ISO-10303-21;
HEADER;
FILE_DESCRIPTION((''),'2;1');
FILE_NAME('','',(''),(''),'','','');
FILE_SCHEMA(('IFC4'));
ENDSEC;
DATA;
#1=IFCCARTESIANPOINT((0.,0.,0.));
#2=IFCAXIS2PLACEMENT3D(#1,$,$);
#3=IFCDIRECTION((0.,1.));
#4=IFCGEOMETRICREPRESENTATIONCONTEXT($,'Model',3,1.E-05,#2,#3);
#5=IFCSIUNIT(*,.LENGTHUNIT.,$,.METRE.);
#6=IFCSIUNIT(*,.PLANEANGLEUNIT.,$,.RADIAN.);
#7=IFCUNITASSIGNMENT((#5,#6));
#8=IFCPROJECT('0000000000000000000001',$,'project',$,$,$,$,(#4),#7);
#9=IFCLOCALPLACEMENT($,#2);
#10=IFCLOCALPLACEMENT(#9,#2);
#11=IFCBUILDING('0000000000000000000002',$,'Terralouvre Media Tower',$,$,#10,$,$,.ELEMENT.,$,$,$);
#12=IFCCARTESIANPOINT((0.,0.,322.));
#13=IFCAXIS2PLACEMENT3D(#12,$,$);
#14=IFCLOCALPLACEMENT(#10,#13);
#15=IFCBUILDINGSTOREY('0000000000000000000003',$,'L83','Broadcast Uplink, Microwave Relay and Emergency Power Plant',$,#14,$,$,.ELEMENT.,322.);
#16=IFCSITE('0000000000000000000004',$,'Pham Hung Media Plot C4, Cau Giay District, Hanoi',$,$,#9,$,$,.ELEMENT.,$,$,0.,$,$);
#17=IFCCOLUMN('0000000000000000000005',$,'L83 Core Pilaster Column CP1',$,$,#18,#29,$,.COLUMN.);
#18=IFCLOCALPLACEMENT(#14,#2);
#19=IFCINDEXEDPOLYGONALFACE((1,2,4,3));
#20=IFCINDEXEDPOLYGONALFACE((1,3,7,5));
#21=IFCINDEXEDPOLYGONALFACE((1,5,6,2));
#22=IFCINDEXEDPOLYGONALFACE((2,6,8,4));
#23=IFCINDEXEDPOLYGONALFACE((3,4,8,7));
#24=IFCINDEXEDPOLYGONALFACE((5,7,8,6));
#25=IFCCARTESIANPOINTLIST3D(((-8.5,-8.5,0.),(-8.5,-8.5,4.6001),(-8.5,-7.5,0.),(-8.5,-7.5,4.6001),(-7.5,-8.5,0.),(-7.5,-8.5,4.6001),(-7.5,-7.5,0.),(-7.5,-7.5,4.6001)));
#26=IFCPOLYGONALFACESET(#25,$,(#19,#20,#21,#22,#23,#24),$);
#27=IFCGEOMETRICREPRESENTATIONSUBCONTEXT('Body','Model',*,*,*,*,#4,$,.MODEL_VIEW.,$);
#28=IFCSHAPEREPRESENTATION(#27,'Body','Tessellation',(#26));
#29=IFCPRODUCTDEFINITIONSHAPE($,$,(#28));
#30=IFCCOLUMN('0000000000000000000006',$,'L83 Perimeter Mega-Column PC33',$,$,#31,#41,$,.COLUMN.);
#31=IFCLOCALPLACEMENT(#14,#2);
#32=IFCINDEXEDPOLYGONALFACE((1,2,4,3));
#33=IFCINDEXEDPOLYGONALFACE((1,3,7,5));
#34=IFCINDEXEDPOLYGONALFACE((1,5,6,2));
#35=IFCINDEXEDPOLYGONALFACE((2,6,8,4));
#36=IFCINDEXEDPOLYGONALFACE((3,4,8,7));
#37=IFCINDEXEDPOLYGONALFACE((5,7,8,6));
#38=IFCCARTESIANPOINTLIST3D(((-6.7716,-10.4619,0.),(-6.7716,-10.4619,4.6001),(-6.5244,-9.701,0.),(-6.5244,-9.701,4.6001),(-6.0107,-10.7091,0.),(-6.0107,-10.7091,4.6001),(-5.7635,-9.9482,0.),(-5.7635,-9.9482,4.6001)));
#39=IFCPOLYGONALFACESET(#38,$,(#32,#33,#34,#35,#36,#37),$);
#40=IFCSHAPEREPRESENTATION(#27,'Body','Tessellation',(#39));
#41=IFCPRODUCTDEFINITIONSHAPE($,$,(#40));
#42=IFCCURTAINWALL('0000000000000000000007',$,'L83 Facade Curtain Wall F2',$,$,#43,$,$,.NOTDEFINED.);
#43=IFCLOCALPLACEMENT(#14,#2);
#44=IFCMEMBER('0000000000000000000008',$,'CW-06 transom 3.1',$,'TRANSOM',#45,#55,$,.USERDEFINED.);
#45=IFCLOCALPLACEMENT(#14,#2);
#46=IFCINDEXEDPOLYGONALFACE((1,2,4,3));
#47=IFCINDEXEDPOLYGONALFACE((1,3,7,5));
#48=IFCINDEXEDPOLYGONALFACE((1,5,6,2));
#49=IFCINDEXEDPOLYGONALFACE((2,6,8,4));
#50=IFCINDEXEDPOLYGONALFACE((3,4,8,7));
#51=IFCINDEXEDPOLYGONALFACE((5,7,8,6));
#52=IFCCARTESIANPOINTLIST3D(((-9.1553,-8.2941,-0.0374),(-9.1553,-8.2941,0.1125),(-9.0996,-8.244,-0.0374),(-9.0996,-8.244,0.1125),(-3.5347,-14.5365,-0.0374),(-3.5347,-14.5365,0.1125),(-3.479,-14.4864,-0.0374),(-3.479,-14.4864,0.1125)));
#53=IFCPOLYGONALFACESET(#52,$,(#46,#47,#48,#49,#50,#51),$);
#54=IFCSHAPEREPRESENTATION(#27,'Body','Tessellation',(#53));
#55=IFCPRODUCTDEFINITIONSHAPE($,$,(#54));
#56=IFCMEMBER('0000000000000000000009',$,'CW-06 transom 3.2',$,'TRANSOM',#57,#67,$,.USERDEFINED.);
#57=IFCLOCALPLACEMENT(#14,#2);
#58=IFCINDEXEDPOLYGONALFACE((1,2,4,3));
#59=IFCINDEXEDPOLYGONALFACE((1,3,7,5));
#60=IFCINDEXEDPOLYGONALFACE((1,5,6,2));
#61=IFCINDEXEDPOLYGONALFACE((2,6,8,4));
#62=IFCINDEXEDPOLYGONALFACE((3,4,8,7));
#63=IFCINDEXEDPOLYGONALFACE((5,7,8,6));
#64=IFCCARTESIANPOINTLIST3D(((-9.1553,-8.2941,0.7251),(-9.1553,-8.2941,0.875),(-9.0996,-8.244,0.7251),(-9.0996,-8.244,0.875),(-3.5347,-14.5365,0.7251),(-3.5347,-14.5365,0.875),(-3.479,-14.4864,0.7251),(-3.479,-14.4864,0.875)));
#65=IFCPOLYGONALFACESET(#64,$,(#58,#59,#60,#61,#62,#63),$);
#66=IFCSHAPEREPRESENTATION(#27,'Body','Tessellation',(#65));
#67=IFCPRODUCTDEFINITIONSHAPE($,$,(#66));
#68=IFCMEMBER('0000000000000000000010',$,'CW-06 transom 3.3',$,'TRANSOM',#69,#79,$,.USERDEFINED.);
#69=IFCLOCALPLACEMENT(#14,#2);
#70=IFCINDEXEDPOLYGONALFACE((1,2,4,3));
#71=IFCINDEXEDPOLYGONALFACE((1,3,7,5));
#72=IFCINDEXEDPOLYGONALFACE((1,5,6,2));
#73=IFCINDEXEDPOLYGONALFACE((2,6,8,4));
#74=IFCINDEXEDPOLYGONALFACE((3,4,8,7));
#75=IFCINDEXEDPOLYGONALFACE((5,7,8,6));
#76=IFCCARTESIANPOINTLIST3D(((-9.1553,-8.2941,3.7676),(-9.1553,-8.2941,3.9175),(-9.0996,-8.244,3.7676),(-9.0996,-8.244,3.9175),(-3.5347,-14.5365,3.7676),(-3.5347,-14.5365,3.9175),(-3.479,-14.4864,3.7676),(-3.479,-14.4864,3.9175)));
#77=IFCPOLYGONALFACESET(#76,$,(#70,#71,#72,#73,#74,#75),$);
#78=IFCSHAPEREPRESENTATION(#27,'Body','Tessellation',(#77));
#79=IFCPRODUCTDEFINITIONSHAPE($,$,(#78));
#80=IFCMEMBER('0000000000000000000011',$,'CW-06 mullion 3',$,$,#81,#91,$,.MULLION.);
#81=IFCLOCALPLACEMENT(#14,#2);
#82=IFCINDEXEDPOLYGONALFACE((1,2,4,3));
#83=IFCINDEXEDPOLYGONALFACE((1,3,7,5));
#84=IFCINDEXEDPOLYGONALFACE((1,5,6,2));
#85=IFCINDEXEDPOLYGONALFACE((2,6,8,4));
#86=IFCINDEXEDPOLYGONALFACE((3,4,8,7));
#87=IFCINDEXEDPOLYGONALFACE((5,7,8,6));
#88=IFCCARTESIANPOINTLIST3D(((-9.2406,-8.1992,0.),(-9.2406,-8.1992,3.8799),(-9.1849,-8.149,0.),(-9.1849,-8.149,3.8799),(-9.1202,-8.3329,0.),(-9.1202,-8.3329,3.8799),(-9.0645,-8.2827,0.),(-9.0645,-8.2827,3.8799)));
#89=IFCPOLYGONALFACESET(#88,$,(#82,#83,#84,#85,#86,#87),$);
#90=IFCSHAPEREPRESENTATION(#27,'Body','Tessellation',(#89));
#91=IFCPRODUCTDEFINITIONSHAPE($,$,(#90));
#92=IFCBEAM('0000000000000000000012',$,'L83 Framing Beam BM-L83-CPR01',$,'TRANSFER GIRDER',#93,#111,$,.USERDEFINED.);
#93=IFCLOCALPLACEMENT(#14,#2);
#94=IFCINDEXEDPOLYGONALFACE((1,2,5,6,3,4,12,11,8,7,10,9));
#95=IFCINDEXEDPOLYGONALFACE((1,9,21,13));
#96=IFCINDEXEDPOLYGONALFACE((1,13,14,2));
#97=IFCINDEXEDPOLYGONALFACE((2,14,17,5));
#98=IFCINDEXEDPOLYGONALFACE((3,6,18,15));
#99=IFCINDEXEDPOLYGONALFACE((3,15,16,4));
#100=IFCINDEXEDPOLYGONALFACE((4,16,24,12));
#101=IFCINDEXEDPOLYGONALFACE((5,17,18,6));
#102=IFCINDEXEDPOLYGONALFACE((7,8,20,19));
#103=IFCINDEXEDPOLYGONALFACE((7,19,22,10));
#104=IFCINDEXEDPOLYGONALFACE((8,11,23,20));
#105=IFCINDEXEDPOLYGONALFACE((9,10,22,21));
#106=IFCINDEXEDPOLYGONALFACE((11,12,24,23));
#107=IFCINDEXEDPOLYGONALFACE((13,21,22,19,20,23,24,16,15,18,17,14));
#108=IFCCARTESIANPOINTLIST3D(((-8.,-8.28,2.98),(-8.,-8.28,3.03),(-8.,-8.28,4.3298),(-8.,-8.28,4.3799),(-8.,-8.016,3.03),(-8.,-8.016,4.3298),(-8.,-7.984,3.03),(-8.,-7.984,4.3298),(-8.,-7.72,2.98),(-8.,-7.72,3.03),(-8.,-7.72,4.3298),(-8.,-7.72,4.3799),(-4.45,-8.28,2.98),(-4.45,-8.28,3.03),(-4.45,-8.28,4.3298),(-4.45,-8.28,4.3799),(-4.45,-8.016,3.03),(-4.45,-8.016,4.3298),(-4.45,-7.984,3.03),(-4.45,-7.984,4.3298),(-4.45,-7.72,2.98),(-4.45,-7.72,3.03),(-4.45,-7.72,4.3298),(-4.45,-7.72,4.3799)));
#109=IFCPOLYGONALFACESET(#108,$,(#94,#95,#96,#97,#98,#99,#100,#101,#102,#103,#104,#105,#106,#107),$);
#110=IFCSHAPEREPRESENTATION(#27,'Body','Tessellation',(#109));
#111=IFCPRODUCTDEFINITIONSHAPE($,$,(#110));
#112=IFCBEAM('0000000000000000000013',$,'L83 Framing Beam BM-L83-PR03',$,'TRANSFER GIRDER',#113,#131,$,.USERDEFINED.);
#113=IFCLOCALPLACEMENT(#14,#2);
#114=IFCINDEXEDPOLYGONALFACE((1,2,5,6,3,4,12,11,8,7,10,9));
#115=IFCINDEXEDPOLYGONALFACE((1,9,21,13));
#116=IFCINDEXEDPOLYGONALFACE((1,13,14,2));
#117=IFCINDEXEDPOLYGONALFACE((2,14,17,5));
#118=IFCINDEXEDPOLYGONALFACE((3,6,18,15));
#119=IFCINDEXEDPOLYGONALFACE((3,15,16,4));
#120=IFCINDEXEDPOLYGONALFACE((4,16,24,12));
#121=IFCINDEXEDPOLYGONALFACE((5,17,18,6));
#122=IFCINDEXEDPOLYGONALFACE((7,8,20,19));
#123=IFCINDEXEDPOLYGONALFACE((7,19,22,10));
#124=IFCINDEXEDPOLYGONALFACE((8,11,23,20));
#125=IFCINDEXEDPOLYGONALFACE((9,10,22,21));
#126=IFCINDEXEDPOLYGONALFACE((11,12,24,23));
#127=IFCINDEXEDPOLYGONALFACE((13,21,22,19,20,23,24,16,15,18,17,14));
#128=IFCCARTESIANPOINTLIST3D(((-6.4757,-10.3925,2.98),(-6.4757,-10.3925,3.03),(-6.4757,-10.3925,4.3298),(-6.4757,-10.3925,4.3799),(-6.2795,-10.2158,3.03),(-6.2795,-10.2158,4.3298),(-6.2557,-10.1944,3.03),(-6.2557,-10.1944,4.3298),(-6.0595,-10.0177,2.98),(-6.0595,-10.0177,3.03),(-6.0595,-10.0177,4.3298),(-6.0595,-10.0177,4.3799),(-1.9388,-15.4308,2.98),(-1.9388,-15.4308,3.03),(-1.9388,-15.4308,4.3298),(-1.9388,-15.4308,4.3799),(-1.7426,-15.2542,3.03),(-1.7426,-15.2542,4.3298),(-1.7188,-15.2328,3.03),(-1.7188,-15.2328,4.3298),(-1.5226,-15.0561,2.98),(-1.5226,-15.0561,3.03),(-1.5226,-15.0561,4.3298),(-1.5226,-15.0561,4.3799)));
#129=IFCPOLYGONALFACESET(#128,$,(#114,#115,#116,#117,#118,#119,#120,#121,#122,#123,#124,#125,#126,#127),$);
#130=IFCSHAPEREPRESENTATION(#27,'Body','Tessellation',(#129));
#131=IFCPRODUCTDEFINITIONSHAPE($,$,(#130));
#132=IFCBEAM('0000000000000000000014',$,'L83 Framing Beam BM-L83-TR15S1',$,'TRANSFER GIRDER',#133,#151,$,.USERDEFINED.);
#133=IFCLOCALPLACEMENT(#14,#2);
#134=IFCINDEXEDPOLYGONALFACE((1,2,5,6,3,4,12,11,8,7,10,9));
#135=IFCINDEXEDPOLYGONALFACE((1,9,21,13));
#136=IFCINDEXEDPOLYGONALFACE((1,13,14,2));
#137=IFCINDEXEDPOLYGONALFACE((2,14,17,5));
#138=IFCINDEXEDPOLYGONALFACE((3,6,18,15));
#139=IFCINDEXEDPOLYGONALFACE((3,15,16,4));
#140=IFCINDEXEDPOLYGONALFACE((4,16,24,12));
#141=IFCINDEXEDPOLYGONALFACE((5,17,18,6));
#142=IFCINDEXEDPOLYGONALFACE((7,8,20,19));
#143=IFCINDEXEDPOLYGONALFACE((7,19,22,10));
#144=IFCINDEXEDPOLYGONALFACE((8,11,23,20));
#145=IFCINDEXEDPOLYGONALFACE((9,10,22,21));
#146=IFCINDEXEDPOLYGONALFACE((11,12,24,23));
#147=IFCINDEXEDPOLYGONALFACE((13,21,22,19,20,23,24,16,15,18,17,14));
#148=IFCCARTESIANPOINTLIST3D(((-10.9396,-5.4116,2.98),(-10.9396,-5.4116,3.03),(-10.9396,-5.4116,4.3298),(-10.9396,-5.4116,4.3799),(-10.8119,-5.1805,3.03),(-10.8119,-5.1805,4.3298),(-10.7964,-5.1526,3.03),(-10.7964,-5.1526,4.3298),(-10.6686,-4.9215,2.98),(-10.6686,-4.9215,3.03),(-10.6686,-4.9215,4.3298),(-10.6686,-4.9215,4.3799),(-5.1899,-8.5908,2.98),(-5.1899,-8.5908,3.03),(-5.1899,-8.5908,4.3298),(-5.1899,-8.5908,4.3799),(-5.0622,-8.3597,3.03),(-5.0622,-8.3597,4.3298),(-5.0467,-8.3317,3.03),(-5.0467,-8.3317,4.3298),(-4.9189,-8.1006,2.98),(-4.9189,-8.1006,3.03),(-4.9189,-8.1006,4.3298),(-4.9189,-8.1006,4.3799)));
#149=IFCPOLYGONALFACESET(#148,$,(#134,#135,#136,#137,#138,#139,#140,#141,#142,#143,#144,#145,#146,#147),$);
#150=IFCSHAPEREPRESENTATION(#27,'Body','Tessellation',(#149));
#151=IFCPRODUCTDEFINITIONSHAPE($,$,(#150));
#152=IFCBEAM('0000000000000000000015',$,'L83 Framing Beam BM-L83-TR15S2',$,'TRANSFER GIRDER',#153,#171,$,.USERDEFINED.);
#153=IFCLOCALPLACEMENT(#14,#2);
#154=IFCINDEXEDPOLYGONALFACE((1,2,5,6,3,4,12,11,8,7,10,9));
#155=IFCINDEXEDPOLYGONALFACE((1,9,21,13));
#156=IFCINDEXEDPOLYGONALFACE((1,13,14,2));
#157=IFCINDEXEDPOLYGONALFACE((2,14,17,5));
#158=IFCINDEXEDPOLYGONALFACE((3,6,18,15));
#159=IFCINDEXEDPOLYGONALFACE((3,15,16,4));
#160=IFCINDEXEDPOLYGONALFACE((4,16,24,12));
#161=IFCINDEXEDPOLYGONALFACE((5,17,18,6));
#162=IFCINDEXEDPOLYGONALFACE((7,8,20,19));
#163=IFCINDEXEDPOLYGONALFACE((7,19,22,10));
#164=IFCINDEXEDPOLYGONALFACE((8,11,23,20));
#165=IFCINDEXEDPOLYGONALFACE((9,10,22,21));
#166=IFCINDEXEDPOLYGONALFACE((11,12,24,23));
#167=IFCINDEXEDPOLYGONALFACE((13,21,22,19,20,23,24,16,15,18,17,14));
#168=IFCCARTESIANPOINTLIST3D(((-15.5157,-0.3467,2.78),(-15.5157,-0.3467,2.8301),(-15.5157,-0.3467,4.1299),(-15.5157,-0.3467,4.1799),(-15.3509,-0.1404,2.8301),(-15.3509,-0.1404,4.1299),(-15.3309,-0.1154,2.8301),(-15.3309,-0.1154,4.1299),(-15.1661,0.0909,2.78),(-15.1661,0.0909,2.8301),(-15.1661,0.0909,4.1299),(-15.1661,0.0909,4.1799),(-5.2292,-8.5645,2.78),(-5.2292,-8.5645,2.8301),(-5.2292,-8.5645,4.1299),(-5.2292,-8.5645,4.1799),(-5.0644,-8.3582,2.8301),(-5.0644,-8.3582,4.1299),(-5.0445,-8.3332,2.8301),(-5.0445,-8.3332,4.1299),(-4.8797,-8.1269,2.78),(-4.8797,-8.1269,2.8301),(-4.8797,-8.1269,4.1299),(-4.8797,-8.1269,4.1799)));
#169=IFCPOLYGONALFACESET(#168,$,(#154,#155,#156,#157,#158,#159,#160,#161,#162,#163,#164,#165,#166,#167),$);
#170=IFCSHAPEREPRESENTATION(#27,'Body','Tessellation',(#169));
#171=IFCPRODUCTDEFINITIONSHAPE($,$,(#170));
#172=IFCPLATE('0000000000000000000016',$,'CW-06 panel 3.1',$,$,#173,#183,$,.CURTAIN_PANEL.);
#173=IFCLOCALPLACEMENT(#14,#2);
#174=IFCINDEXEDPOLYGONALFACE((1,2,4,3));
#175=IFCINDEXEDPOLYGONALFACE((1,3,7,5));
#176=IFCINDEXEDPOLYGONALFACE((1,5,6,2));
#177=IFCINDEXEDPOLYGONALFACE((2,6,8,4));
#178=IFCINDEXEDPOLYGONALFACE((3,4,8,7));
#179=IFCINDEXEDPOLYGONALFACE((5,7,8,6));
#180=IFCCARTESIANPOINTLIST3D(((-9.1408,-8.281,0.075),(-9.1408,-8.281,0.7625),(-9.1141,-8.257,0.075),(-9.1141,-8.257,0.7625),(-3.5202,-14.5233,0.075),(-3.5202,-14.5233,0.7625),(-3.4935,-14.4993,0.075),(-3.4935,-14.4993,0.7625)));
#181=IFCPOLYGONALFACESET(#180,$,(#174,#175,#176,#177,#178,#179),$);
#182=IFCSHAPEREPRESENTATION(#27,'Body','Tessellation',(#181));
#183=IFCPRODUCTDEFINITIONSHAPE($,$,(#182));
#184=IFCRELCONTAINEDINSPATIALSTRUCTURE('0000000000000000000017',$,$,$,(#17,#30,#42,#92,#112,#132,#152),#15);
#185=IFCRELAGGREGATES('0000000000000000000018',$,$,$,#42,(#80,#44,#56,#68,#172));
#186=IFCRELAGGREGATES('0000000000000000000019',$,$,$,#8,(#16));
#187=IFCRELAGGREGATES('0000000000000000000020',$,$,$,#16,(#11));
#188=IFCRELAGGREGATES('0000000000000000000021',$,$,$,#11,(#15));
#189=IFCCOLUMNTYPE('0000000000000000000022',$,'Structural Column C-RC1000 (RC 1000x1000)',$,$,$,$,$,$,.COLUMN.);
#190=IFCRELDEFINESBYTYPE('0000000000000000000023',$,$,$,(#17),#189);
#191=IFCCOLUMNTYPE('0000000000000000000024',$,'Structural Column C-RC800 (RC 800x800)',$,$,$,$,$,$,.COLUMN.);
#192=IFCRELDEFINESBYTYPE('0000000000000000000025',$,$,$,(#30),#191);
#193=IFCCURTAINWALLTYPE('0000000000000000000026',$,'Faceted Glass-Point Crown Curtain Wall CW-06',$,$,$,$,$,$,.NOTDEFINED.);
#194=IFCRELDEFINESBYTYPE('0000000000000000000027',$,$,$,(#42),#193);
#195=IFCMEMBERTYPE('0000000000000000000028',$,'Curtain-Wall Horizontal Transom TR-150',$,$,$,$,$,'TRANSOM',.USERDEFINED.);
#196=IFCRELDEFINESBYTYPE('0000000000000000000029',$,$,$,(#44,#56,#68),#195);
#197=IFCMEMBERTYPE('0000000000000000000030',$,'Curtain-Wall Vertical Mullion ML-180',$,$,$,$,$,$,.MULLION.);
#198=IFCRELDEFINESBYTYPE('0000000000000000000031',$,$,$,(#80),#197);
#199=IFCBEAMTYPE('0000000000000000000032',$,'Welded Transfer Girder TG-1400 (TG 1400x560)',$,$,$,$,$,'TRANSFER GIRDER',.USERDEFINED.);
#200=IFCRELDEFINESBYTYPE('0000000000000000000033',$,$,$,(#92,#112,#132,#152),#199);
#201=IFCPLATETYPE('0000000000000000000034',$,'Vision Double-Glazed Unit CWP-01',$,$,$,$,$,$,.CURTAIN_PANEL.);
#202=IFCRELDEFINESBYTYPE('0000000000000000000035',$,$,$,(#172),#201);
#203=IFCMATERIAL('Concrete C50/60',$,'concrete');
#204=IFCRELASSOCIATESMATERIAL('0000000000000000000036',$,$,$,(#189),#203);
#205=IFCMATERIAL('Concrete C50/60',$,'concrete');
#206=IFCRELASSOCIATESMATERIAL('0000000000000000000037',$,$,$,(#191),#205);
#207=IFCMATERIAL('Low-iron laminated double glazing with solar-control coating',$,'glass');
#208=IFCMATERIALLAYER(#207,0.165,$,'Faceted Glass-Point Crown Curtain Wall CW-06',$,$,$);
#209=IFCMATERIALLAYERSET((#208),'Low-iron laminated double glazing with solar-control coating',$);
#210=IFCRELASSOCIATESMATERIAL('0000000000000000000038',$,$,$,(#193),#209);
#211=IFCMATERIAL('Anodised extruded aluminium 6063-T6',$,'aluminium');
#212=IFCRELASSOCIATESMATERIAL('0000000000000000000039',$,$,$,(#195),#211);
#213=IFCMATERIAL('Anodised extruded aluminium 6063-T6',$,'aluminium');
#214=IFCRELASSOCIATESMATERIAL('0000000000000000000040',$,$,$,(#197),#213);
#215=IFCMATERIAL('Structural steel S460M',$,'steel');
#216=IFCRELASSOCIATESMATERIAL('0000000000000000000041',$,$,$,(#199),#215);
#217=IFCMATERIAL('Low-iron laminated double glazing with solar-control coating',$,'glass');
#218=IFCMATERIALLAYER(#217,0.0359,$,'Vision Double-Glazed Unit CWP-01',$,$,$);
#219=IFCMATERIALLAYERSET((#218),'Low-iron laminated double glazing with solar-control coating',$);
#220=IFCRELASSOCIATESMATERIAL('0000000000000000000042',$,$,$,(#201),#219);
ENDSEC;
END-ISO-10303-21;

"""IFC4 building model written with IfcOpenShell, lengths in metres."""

from ifc_helpers import new_model, si_unit, direction, frame, origin, origin_2d, place, context, subcontext, project, spatial, rectangle, i_section, extrude, material, layer, layer_set, material_profile, profile_set, type_object, element, aggregate, save


model = new_model("IFC4")

# Units and contexts
model_context = context("Model", 3, precision=1e-05, world=origin(), true_north=direction((0.0, 1.0)))
body_context = subcontext(model_context, "Body", "Model", "MODEL_VIEW")
ifc_project = project(units=[si_unit("LENGTHUNIT", "METRE"), si_unit("PLANEANGLEUNIT", "RADIAN")], contexts=[model_context])

# Site, building, storey
site_placement = place(None, origin())
site = spatial("IfcSite", under=ifc_project, at=site_placement, Name="Pham Hung Media Plot C4, Cau Giay District, Hanoi", CompositionType="ELEMENT", RefElevation=0.0)
building_placement = place(site_placement, origin())
building = spatial("IfcBuilding", under=site, at=building_placement, Name="Terralouvre Media Tower", CompositionType="ELEMENT")
storey_placement = place(building_placement, frame((0.0, 0.0, 322.0)))
storey = spatial("IfcBuildingStorey", under=building, at=storey_placement, Name="L83", Description="Broadcast Uplink, Microwave Relay and Emergency Power Plant", CompositionType="ELEMENT", Elevation=322.0)

# Columns
ifc_material_1 = material(Name="Concrete C50/60", Category="concrete")
ifc_material_profile_1 = material_profile(ifc_material_1, rectangle(XDim=1.0, YDim=1.0, at=origin_2d()), Name="RC 1000x1000")
ifc_profile_set_1 = profile_set([ifc_material_profile_1], Name="Concrete C50/60")
column_type_1 = type_object("IfcColumnType", Name="Structural Column C-RC1000 (RC 1000x1000)", PredefinedType="COLUMN", material=ifc_profile_set_1)
column_1_placement = place(storey_placement, frame((-8.0, -8.0, 0.0), z_axis=(0.0, 0.0, 1.0), x_axis=(1.0, 0.0, 0.0)))
element("IfcColumn", 1, at=column_1_placement, inside=storey, type_object=column_type_1, Name="L83 Core Pilaster Column CP1", PredefinedType="COLUMN", context=body_context, shape_type="SweptSolid", body=[
    extrude(rectangle(XDim=1.0, YDim=1.0, at=origin_2d()), origin(), (0.0, 0.0, 1.0), 4.6001),
])
ifc_material_2 = material(Name="Concrete C50/60", Category="concrete")
ifc_material_profile_2 = material_profile(ifc_material_2, rectangle(XDim=0.8, YDim=0.8, at=origin_2d()), Name="RC 800x800")
ifc_profile_set_2 = profile_set([ifc_material_profile_2], Name="Concrete C50/60")
column_type_2 = type_object("IfcColumnType", Name="Structural Column C-RC800 (RC 800x800)", PredefinedType="COLUMN", material=ifc_profile_set_2)
column_2_placement = place(storey_placement, frame((-6.2676, -10.2051, 0.0), z_axis=(0.0, 0.0, 1.0), x_axis=(0.309017, 0.951057, 0.0)))
element("IfcColumn", 2, at=column_2_placement, inside=storey, type_object=column_type_2, Name="L83 Perimeter Mega-Column PC33", PredefinedType="COLUMN", context=body_context, shape_type="SweptSolid", body=[
    extrude(rectangle(XDim=0.8, YDim=0.8, at=origin_2d()), origin(), (0.0, 0.0, 1.0), 4.6001),
])

# Curtain wall, members
ifc_material_3 = material(Name="Low-iron laminated double glazing with solar-control coating", Category="glass")
ifc_layer_1 = layer(ifc_material_3, 0.165, Name="Faceted Glass-Point Crown Curtain Wall CW-06")
ifc_layer_set_1 = layer_set([ifc_layer_1], Name="Low-iron laminated double glazing with solar-control coating")
curtain_wall_type = type_object("IfcCurtainWallType", Name="Faceted Glass-Point Crown Curtain Wall CW-06", PredefinedType="NOTDEFINED", material=ifc_layer_set_1)
curtain_wall_placement = place(storey_placement, origin())
curtain_wall = element("IfcCurtainWall", 3, at=curtain_wall_placement, inside=storey, type_object=curtain_wall_type, Name="L83 Facade Curtain Wall F2", PredefinedType="NOTDEFINED")
ifc_material_4 = material(Name="Anodised extruded aluminium 6063-T6", Category="aluminium")
ifc_material_profile_3 = material_profile(ifc_material_4, rectangle(XDim=0.075, YDim=0.1499, at=origin_2d()), Name="ALU 75x150")
ifc_profile_set_3 = profile_set([ifc_material_profile_3], Name="Anodised extruded aluminium 6063-T6")
member_type_1 = type_object("IfcMemberType", Name="Curtain-Wall Horizontal Transom TR-150", ElementType="TRANSOM", PredefinedType="USERDEFINED", material=ifc_profile_set_3)
member_1_placement = place(storey_placement, frame((-9.1274, -8.269, 0.0376), z_axis=(0.669124, -0.743151, 0.0), x_axis=(0.743151, 0.669124, 0.0)))
member_1 = element("IfcMember", 4, at=member_1_placement, type_object=member_type_1, Name="CW-06 transom 3.1", ObjectType="TRANSOM", PredefinedType="USERDEFINED", context=body_context, shape_type="SweptSolid", body=[
    extrude(rectangle(XDim=0.075, YDim=0.1499, at=origin_2d()), origin(), (0.0, 0.0, 1.0), 8.3999),
])
member_2_placement = place(storey_placement, frame((-9.1274, -8.269, 0.8), z_axis=(0.669124, -0.743151, 0.0), x_axis=(0.743151, 0.669124, 0.0)))
member_2 = element("IfcMember", 5, at=member_2_placement, type_object=member_type_1, Name="CW-06 transom 3.2", ObjectType="TRANSOM", PredefinedType="USERDEFINED", context=body_context, shape_type="SweptSolid", body=[
    extrude(rectangle(XDim=0.075, YDim=0.1499, at=origin_2d()), origin(), (0.0, 0.0, 1.0), 8.3999),
])
member_3_placement = place(storey_placement, frame((-9.1274, -8.269, 3.8425), z_axis=(0.669124, -0.743151, 0.0), x_axis=(0.743151, 0.669124, 0.0)))
member_3 = element("IfcMember", 6, at=member_3_placement, type_object=member_type_1, Name="CW-06 transom 3.3", ObjectType="TRANSOM", PredefinedType="USERDEFINED", context=body_context, shape_type="SweptSolid", body=[
    extrude(rectangle(XDim=0.075, YDim=0.1499, at=origin_2d()), origin(), (0.0, 0.0, 1.0), 8.3999),
])
ifc_material_5 = material(Name="Anodised extruded aluminium 6063-T6", Category="aluminium")
ifc_material_profile_4 = material_profile(ifc_material_5, rectangle(XDim=0.075, YDim=0.1799, at=origin_2d()), Name="ALU 75x180")
ifc_profile_set_4 = profile_set([ifc_material_profile_4], Name="Anodised extruded aluminium 6063-T6")
member_type_2 = type_object("IfcMemberType", Name="Curtain-Wall Vertical Mullion ML-180", PredefinedType="MULLION", material=ifc_profile_set_4)
member_4_placement = place(storey_placement, frame((-9.1526, -8.241, 0.0), z_axis=(0.0, 0.0, 1.0), x_axis=(0.743145, 0.669131, 0.0)))
member_4 = element("IfcMember", 7, at=member_4_placement, type_object=member_type_2, Name="CW-06 mullion 3", PredefinedType="MULLION", context=body_context, shape_type="SweptSolid", body=[
    extrude(rectangle(XDim=0.075, YDim=0.1799, at=origin_2d()), origin(), (0.0, 0.0, 1.0), 3.8799),
])

# Beams
ifc_material_6 = material(Name="Structural steel S460M", Category="steel")
ifc_material_profile_5 = material_profile(ifc_material_6, i_section(OverallWidth=0.5601, OverallDepth=1.3999, WebThickness=0.032, FlangeThickness=0.05, at=origin_2d()), Name="TG 1400x560")
ifc_profile_set_5 = profile_set([ifc_material_profile_5], Name="Structural steel S460M")
beam_type = type_object("IfcBeamType", Name="Welded Transfer Girder TG-1400 (TG 1400x560)", ElementType="TRANSFER GIRDER", PredefinedType="USERDEFINED", material=ifc_profile_set_5)
beam_1_placement = place(storey_placement, frame((-8.0, -8.0, 3.6799), z_axis=(1.0, 0.0, 0.0), x_axis=(0.0, 1.0, 0.0)))
element("IfcBeam", 8, at=beam_1_placement, inside=storey, type_object=beam_type, Name="L83 Framing Beam BM-L83-CPR01", ObjectType="TRANSFER GIRDER", PredefinedType="USERDEFINED", context=body_context, shape_type="SweptSolid", body=[
    extrude(i_section(OverallWidth=0.5601, OverallDepth=1.3999, WebThickness=0.032, FlangeThickness=0.05, at=origin_2d()), origin(), (0.0, 0.0, 1.0), 3.55),
])
beam_2_placement = place(storey_placement, frame((-6.2676, -10.2051, 3.6799), z_axis=(0.669158, -0.74312, 0.0), x_axis=(0.74312, 0.669158, 0.0)))
element("IfcBeam", 9, at=beam_2_placement, inside=storey, type_object=beam_type, Name="L83 Framing Beam BM-L83-PR03", ObjectType="TRANSFER GIRDER", PredefinedType="USERDEFINED", context=body_context, shape_type="SweptSolid", body=[
    extrude(i_section(OverallWidth=0.5601, OverallDepth=1.3999, WebThickness=0.032, FlangeThickness=0.05, at=origin_2d()), origin(), (0.0, 0.0, 1.0), 6.78),
])
beam_3_placement = place(storey_placement, frame((-5.0544, -8.3457, 3.6799), z_axis=(-0.875132, 0.483885, 0.0), x_axis=(-0.483885, -0.875132, 0.0)))
element("IfcBeam", 10, at=beam_3_placement, inside=storey, type_object=beam_type, Name="L83 Framing Beam BM-L83-TR15S1", ObjectType="TRANSFER GIRDER", PredefinedType="USERDEFINED", context=body_context, shape_type="SweptSolid", body=[
    extrude(i_section(OverallWidth=0.5601, OverallDepth=1.3999, WebThickness=0.032, FlangeThickness=0.05, at=origin_2d()), origin(), (0.0, 0.0, 1.0), 6.5701),
])
beam_4_placement = place(storey_placement, frame((-5.0544, -8.3457, 3.48), z_axis=(-0.781288, 0.62417, 0.0), x_axis=(-0.62417, -0.781288, 0.0)))
element("IfcBeam", 11, at=beam_4_placement, inside=storey, type_object=beam_type, Name="L83 Framing Beam BM-L83-TR15S2", ObjectType="TRANSFER GIRDER", PredefinedType="USERDEFINED", context=body_context, shape_type="SweptSolid", body=[
    extrude(i_section(OverallWidth=0.5601, OverallDepth=1.3999, WebThickness=0.032, FlangeThickness=0.05, at=origin_2d()), origin(), (0.0, 0.0, 1.0), 13.166),
])

# Plate
ifc_material_7 = material(Name="Low-iron laminated double glazing with solar-control coating", Category="glass")
ifc_layer_2 = layer(ifc_material_7, 0.0359, Name="Vision Double-Glazed Unit CWP-01")
ifc_layer_set_2 = layer_set([ifc_layer_2], Name="Low-iron laminated double glazing with solar-control coating")
plate_type = type_object("IfcPlateType", Name="Vision Double-Glazed Unit CWP-01", PredefinedType="CURTAIN_PANEL", material=ifc_layer_set_2)
plate_1_placement = place(storey_placement, frame((-6.3171, -11.3901, 0.075), z_axis=(0.0, 0.0, 1.0), x_axis=(0.669131, -0.743145, 0.0)))
plate_1 = element("IfcPlate", 12, at=plate_1_placement, type_object=plate_type, Name="CW-06 panel 3.1", PredefinedType="CURTAIN_PANEL", context=body_context, shape_type="SweptSolid", body=[
    extrude(rectangle(XDim=8.3999, YDim=0.0359, at=origin_2d()), origin(), (0.0, 0.0, 1.0), 0.6875),
])
aggregate(curtain_wall, [member_4, member_1, member_2, member_3, plate_1])

save(model, "model.ifc")
